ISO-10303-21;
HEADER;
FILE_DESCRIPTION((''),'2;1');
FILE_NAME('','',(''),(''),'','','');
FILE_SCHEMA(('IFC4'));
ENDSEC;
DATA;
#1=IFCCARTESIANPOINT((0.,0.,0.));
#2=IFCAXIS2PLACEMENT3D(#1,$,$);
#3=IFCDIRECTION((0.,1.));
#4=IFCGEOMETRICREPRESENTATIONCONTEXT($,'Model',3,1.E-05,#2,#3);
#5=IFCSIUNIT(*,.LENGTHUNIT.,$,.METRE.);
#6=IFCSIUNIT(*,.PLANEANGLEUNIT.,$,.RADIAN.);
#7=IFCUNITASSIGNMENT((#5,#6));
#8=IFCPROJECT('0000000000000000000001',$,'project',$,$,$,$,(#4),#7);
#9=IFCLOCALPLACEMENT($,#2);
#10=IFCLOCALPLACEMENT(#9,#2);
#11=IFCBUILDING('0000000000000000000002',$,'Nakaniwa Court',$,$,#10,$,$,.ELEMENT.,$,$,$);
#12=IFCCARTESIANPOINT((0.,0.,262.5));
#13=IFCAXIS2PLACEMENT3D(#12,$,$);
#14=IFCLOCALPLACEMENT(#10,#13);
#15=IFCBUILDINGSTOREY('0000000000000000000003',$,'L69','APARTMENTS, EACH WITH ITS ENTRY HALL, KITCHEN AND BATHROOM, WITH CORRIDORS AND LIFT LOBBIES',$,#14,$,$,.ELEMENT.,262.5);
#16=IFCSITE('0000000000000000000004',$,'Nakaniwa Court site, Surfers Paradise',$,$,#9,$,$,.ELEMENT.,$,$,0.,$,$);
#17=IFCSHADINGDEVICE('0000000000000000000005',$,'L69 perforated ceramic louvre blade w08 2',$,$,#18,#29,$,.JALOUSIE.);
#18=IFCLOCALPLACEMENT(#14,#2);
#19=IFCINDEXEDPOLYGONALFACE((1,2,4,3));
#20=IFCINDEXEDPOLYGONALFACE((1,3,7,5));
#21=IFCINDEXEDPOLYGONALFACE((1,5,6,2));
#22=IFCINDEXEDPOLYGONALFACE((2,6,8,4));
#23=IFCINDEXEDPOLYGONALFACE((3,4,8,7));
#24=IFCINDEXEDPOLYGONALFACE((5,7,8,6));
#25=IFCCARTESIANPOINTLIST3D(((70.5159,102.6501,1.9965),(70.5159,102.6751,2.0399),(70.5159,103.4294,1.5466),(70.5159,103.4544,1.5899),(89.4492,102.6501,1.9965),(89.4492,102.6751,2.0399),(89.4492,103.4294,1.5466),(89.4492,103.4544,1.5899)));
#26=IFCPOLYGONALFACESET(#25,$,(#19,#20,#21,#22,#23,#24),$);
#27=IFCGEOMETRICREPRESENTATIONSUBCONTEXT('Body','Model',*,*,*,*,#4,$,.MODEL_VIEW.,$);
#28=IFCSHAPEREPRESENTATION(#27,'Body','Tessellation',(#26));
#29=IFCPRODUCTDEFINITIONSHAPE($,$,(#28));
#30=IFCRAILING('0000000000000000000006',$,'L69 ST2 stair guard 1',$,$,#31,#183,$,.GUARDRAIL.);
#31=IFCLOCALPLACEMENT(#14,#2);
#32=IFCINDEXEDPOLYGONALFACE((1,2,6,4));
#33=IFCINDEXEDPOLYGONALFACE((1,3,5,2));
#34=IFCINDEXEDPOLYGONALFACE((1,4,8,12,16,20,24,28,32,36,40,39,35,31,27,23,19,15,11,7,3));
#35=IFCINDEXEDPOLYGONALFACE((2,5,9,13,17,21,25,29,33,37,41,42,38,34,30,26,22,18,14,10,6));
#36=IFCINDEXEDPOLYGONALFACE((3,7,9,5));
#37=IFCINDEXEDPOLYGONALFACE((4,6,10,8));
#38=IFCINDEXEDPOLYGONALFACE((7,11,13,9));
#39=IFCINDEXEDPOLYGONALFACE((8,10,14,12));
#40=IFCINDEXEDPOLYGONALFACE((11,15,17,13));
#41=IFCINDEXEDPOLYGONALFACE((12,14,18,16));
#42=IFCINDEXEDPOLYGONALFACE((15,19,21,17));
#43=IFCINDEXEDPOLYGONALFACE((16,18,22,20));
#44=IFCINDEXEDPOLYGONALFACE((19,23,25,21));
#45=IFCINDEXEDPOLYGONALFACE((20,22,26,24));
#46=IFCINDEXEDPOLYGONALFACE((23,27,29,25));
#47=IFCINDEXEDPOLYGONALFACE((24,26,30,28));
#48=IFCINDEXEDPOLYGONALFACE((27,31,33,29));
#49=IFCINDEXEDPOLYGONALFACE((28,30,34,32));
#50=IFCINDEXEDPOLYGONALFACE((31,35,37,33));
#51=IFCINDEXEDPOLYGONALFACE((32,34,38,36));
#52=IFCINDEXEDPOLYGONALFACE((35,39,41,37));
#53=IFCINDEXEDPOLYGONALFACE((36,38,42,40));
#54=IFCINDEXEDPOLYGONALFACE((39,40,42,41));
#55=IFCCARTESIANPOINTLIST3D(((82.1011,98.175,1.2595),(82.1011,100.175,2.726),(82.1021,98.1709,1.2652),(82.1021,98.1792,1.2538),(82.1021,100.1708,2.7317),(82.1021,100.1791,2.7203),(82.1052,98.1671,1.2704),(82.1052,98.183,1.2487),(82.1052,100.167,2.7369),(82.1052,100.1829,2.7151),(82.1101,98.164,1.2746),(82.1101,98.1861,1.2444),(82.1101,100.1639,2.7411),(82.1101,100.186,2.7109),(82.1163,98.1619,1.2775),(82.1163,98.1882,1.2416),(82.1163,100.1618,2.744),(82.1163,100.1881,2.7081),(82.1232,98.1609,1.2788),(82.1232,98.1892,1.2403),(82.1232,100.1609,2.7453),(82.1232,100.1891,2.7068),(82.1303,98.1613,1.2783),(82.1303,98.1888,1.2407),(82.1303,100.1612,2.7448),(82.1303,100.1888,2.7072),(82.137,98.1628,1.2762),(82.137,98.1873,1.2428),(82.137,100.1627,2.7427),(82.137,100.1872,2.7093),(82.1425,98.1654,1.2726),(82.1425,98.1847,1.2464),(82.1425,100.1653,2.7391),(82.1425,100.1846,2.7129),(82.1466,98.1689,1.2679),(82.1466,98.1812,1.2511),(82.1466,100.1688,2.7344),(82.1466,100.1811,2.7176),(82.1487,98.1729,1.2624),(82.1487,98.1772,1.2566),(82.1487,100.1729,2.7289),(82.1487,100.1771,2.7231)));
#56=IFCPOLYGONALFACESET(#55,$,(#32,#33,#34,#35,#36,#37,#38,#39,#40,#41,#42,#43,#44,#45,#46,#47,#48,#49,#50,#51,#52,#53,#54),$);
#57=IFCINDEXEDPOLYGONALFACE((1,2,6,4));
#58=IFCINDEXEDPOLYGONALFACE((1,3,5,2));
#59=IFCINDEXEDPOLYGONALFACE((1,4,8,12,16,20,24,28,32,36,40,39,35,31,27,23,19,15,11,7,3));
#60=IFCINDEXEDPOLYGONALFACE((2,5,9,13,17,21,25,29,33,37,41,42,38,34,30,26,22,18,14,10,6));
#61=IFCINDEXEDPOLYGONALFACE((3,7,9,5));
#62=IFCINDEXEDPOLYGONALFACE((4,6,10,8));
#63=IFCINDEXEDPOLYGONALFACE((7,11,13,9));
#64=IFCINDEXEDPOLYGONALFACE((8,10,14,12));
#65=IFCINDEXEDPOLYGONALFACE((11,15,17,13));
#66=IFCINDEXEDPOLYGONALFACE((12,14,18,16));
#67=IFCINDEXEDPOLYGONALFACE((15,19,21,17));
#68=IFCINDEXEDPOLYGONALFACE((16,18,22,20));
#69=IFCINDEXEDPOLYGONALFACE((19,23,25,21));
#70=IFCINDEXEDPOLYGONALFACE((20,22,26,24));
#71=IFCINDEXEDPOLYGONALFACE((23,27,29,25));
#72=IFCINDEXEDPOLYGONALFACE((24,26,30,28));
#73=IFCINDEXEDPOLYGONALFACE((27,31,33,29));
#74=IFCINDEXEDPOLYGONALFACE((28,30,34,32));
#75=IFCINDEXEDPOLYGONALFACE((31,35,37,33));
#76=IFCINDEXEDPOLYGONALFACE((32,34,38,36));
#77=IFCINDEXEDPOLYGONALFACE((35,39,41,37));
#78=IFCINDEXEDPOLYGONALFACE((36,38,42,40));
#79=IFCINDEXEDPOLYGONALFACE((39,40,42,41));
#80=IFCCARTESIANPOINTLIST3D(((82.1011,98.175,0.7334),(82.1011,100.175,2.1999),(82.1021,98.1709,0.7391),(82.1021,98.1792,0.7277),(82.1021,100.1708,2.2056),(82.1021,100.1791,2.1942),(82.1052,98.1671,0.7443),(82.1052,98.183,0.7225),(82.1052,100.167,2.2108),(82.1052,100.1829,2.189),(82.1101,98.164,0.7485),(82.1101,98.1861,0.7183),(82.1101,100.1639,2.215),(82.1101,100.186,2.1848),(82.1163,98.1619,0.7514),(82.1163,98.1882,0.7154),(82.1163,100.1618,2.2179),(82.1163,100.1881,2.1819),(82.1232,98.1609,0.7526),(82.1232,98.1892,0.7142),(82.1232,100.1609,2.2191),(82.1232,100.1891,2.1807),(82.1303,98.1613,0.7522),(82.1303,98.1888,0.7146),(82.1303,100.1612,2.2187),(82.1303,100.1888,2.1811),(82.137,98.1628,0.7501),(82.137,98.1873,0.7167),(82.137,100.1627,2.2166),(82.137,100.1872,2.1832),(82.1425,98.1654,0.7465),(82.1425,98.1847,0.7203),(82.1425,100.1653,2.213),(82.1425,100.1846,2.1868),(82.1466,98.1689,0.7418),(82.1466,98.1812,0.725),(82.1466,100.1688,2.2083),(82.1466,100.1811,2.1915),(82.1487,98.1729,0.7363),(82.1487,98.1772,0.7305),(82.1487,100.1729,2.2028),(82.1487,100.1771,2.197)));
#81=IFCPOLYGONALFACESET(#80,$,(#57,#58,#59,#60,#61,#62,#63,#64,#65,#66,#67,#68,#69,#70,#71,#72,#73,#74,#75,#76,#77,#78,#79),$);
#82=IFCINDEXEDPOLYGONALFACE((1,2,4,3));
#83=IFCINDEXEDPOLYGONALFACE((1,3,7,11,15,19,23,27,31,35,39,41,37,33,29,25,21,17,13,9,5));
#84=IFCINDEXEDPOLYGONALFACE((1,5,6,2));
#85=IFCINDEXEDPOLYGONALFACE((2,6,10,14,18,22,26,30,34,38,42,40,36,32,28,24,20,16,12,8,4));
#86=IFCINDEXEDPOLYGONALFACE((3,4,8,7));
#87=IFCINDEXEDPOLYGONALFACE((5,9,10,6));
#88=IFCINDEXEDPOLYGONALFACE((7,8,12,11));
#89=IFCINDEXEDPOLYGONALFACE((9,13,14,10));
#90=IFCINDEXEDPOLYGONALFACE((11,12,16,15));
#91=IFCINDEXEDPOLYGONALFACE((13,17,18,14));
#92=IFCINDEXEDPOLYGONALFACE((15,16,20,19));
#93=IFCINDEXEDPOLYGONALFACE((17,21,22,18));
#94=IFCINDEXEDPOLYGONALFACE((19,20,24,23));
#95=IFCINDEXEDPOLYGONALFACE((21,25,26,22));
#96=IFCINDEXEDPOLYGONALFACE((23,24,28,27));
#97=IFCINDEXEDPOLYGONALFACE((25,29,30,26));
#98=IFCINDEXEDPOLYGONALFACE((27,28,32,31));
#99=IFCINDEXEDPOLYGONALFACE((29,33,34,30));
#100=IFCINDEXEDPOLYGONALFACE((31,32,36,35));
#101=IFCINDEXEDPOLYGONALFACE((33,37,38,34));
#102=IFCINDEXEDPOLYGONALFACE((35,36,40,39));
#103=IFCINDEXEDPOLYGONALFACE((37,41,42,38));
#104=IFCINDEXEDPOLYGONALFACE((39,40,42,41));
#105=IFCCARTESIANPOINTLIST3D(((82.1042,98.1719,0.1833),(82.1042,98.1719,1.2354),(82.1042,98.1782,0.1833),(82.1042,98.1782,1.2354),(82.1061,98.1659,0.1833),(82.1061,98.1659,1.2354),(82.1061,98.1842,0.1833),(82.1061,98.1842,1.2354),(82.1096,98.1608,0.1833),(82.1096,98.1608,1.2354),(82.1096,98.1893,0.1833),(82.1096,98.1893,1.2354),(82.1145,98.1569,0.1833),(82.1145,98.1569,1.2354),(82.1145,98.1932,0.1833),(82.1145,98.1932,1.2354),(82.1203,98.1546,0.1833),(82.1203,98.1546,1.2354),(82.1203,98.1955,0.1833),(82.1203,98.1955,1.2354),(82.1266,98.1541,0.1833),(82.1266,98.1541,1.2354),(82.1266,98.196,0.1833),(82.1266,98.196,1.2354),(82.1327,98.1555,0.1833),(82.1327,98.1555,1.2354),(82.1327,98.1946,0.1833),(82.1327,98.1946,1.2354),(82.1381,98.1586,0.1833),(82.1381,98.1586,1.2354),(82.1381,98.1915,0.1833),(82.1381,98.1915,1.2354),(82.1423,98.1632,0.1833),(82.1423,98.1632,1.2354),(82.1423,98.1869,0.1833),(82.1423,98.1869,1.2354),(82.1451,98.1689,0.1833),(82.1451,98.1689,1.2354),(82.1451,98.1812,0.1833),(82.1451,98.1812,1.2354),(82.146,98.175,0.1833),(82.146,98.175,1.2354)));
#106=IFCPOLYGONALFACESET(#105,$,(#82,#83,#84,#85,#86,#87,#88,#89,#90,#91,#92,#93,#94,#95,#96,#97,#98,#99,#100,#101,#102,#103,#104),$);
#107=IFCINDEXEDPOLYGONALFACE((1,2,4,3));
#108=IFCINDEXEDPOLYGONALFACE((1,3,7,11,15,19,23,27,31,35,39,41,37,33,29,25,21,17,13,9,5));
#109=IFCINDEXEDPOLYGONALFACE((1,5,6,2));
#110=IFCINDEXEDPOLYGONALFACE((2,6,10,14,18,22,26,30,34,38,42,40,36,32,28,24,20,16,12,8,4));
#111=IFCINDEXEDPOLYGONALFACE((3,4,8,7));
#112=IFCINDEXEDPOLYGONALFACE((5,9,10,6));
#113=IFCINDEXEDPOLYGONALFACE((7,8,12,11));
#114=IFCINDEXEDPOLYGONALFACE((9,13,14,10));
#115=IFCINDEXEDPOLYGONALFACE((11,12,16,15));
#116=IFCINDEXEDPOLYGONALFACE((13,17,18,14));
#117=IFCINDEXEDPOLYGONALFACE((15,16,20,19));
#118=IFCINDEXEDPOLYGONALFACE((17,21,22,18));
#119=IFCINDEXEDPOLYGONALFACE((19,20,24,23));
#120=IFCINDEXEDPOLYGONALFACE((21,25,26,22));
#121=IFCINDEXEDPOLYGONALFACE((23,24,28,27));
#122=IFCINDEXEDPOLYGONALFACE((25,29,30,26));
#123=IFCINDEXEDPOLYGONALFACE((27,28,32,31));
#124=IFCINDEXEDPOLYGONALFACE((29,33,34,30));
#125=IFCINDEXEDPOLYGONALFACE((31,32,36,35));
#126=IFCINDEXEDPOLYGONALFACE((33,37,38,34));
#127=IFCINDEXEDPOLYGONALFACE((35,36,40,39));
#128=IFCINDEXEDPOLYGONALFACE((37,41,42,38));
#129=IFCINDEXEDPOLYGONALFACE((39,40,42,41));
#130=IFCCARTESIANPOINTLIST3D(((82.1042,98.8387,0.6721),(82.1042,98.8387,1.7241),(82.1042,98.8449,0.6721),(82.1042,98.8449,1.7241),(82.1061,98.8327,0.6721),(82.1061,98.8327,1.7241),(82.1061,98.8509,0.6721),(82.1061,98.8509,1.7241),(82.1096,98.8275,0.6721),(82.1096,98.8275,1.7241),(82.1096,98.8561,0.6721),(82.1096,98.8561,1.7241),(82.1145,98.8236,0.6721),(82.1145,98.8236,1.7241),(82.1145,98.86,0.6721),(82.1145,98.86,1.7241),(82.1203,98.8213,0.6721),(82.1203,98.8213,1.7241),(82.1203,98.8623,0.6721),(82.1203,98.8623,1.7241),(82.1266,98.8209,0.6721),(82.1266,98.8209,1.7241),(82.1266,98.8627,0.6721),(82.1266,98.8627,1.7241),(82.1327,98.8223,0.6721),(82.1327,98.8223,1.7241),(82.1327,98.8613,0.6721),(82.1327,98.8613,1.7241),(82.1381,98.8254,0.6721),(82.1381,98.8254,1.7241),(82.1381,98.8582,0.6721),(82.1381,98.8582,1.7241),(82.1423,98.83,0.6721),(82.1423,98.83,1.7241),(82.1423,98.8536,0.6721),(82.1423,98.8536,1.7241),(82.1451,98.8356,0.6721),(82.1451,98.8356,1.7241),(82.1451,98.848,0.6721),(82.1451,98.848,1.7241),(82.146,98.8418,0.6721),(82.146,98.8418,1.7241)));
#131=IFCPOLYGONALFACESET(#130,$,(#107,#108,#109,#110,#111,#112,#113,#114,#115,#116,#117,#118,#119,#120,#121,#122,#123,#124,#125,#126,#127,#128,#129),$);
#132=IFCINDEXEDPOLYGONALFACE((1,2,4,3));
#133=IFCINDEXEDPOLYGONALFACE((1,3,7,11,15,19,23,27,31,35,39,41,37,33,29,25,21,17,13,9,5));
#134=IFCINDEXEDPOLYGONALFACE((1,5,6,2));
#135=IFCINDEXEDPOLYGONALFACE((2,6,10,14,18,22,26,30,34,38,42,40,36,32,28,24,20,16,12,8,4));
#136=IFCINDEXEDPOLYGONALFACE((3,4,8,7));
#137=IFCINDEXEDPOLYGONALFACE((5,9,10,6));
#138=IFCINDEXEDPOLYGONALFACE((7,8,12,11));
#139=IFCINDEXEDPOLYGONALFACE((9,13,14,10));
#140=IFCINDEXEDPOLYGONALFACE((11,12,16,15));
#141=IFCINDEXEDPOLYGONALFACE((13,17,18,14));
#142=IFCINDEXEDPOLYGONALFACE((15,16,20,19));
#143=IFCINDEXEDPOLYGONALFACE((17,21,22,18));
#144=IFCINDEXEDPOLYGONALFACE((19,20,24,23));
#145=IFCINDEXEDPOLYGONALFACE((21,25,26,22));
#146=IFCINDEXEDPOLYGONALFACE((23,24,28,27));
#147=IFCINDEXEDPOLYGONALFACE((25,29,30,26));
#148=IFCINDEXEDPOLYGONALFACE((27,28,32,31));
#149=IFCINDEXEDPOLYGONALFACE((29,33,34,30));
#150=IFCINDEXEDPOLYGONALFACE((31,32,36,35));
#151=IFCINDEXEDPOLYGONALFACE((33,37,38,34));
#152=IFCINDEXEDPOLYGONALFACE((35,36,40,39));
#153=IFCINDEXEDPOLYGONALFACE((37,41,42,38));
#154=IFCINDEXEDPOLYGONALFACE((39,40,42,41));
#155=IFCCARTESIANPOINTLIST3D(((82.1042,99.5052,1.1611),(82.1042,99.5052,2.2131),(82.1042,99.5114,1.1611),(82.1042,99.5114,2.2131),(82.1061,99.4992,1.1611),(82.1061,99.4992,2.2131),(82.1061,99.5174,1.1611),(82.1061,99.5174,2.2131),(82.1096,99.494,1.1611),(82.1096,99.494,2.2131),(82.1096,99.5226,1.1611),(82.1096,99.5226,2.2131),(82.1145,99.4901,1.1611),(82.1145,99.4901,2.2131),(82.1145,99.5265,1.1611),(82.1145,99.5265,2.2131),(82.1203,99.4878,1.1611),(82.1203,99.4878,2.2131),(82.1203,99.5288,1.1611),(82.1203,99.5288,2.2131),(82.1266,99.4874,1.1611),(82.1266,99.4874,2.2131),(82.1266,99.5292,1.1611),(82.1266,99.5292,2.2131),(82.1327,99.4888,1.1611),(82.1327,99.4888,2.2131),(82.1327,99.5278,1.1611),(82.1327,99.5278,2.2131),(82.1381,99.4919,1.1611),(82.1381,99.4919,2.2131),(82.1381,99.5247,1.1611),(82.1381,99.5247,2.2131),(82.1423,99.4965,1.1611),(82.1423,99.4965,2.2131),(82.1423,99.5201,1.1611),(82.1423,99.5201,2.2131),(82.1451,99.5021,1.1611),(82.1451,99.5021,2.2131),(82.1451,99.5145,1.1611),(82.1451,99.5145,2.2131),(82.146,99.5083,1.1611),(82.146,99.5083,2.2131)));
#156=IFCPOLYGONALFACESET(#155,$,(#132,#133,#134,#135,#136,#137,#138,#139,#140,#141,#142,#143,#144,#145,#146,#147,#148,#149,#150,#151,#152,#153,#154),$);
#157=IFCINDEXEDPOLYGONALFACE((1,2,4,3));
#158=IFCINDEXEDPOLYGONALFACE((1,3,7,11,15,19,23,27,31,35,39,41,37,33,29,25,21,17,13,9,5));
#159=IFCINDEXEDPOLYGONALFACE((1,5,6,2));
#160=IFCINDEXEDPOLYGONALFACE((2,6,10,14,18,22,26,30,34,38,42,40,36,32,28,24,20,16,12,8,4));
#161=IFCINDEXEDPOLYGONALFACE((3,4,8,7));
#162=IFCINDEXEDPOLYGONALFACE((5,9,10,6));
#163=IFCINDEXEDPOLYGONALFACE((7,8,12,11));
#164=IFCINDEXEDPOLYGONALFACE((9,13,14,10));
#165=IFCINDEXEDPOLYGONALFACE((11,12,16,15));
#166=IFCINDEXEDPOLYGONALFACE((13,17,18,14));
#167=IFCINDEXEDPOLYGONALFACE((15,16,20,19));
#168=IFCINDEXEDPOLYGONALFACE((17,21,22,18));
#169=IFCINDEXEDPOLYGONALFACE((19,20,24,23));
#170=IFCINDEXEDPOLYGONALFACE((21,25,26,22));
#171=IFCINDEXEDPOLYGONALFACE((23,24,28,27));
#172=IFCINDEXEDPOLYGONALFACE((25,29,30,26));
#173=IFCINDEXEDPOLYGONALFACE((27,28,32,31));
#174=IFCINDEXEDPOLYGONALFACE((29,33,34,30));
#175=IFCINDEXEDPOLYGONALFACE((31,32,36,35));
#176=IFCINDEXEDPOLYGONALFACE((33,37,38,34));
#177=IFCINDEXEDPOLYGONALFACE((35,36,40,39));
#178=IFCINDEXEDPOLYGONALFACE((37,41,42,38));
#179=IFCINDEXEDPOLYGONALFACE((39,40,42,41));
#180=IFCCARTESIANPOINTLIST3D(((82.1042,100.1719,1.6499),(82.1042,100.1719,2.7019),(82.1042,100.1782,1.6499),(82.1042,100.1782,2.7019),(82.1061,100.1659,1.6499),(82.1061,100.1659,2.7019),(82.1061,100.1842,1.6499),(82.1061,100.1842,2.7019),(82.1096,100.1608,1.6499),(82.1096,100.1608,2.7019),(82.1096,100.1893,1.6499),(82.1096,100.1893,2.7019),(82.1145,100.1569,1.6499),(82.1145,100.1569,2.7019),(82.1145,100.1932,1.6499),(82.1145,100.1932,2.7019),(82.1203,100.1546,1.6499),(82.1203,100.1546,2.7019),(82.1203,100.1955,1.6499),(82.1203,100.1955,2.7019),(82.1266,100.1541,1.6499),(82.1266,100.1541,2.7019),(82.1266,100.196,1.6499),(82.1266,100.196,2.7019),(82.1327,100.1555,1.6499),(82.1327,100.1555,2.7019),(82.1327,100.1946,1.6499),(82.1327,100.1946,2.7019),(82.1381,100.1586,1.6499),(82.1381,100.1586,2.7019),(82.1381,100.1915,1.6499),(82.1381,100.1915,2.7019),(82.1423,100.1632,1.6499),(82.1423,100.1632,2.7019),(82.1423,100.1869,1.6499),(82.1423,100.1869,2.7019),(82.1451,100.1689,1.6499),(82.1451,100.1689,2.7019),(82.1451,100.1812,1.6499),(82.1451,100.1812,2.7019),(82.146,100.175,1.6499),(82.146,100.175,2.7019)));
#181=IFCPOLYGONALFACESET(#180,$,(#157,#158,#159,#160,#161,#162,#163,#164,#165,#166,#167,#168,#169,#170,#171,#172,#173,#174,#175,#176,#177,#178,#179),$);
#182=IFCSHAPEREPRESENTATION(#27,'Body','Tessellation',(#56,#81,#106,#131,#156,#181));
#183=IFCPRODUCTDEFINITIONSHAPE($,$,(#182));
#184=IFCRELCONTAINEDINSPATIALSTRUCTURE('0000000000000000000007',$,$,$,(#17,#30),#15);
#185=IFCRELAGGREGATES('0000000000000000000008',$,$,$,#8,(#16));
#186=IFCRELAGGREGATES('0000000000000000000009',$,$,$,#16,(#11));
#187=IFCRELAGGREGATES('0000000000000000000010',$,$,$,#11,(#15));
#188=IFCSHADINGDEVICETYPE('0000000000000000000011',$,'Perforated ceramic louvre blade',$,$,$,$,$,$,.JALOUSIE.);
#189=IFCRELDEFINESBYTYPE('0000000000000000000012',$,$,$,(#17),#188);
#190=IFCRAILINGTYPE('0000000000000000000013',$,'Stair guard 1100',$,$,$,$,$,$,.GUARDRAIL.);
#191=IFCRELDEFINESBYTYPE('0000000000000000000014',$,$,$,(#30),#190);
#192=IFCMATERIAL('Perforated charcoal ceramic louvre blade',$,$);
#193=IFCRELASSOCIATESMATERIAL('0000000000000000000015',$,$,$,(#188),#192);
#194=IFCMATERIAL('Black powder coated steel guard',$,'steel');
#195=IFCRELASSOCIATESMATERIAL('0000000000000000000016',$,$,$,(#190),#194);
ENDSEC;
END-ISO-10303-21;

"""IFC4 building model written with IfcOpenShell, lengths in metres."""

from ifc_helpers import new_model, si_unit, direction, frame, origin, origin_2d, place, context, subcontext, project, spatial, rectangle, circle, extrude, material, material_profile, profile_set, type_object, element, save


model = new_model("IFC4")

# Units and contexts
model_context = context("Model", 3, precision=1e-05, world=origin(), true_north=direction((0.0, 1.0)))
body_context = subcontext(model_context, "Body", "Model", "MODEL_VIEW")
ifc_project = project(units=[si_unit("LENGTHUNIT", "METRE"), si_unit("PLANEANGLEUNIT", "RADIAN")], contexts=[model_context])

# Site, building, storey
site_placement = place(None, origin())
site = spatial("IfcSite", under=ifc_project, at=site_placement, Name="Nakaniwa Court site, Surfers Paradise", CompositionType="ELEMENT", RefElevation=0.0)
building_placement = place(site_placement, origin())
building = spatial("IfcBuilding", under=site, at=building_placement, Name="Nakaniwa Court", CompositionType="ELEMENT")
storey_placement = place(building_placement, frame((0.0, 0.0, 262.5)))
storey = spatial("IfcBuildingStorey", under=building, at=storey_placement, Name="L69", Description="APARTMENTS, EACH WITH ITS ENTRY HALL, KITCHEN AND BATHROOM, WITH CORRIDORS AND LIFT LOBBIES", CompositionType="ELEMENT", Elevation=262.5)

# Shading device
ifc_material_1 = material(Name="Perforated charcoal ceramic louvre blade")
ifc_material_profile = material_profile(ifc_material_1, rectangle(XDim=0.8999, YDim=0.05, at=origin_2d()), Name="Perforated ceramic louvre blade")
ifc_profile_set = profile_set([ifc_material_profile], Name="Perforated charcoal ceramic louvre blade")
shading_device_type = type_object("IfcShadingDeviceType", Name="Perforated ceramic louvre blade", PredefinedType="JALOUSIE", material=ifc_profile_set)
for number, where, z_axis, x_axis, name in (
    (1, (89.4492, 103.0522, 1.7932), (-1.0, 0.0, 0.0), (0.0, -0.866025, 0.5), "L69 perforated ceramic louvre blade w08 2"),
):
    element("IfcShadingDevice", number, at=place(storey_placement, frame(where, z_axis=z_axis, x_axis=x_axis)), inside=storey, type_object=shading_device_type, Name=name, PredefinedType="JALOUSIE", context=body_context, shape_type="SweptSolid", body=[
        extrude(rectangle(XDim=0.8999, YDim=0.05, at=origin_2d()), origin(), (0.0, 0.0, 1.0), 18.9333),
    ])

# Railing
ifc_material_2 = material(Name="Black powder coated steel guard", Category="steel")
railing_type_1 = type_object("IfcRailingType", Name="Stair guard 1100", PredefinedType="GUARDRAIL", material=ifc_material_2)
railing_1_placement = place(storey_placement, frame((82.125, 98.175, 0.1833)))
element("IfcRailing", 2, at=railing_1_placement, inside=storey, type_object=railing_type_1, Name="L69 ST2 stair guard 1", PredefinedType="GUARDRAIL", context=body_context, shape_type="SweptSolid", body=[
    extrude(circle(Radius=0.0239, at=origin_2d()), frame((0.0, 0.0, 1.0762), z_axis=(0.0, 0.806427, 0.591334), x_axis=(-1.0, 0.0, 0.0)), (0.0, 0.0, 1.0), 2.48),
    extrude(circle(Radius=0.0239, at=origin_2d()), frame((0.0, 0.0, 0.55), z_axis=(0.0, 0.806427, 0.591334), x_axis=(-1.0, 0.0, 0.0)), (0.0, 0.0, 1.0), 2.48),
    extrude(circle(Radius=0.021, at=origin_2d()), origin(), (0.0, 0.0, 1.0), 1.052),
    extrude(circle(Radius=0.021, at=origin_2d()), frame((0.0, 0.6667, 0.4888)), (0.0, 0.0, 1.0), 1.052),
    extrude(circle(Radius=0.021, at=origin_2d()), frame((0.0, 1.3333, 0.9778)), (0.0, 0.0, 1.0), 1.052),
    extrude(circle(Radius=0.021, at=origin_2d()), frame((0.0, 2.0, 1.4666)), (0.0, 0.0, 1.0), 1.052),
])

save(model, "model.ifc")
